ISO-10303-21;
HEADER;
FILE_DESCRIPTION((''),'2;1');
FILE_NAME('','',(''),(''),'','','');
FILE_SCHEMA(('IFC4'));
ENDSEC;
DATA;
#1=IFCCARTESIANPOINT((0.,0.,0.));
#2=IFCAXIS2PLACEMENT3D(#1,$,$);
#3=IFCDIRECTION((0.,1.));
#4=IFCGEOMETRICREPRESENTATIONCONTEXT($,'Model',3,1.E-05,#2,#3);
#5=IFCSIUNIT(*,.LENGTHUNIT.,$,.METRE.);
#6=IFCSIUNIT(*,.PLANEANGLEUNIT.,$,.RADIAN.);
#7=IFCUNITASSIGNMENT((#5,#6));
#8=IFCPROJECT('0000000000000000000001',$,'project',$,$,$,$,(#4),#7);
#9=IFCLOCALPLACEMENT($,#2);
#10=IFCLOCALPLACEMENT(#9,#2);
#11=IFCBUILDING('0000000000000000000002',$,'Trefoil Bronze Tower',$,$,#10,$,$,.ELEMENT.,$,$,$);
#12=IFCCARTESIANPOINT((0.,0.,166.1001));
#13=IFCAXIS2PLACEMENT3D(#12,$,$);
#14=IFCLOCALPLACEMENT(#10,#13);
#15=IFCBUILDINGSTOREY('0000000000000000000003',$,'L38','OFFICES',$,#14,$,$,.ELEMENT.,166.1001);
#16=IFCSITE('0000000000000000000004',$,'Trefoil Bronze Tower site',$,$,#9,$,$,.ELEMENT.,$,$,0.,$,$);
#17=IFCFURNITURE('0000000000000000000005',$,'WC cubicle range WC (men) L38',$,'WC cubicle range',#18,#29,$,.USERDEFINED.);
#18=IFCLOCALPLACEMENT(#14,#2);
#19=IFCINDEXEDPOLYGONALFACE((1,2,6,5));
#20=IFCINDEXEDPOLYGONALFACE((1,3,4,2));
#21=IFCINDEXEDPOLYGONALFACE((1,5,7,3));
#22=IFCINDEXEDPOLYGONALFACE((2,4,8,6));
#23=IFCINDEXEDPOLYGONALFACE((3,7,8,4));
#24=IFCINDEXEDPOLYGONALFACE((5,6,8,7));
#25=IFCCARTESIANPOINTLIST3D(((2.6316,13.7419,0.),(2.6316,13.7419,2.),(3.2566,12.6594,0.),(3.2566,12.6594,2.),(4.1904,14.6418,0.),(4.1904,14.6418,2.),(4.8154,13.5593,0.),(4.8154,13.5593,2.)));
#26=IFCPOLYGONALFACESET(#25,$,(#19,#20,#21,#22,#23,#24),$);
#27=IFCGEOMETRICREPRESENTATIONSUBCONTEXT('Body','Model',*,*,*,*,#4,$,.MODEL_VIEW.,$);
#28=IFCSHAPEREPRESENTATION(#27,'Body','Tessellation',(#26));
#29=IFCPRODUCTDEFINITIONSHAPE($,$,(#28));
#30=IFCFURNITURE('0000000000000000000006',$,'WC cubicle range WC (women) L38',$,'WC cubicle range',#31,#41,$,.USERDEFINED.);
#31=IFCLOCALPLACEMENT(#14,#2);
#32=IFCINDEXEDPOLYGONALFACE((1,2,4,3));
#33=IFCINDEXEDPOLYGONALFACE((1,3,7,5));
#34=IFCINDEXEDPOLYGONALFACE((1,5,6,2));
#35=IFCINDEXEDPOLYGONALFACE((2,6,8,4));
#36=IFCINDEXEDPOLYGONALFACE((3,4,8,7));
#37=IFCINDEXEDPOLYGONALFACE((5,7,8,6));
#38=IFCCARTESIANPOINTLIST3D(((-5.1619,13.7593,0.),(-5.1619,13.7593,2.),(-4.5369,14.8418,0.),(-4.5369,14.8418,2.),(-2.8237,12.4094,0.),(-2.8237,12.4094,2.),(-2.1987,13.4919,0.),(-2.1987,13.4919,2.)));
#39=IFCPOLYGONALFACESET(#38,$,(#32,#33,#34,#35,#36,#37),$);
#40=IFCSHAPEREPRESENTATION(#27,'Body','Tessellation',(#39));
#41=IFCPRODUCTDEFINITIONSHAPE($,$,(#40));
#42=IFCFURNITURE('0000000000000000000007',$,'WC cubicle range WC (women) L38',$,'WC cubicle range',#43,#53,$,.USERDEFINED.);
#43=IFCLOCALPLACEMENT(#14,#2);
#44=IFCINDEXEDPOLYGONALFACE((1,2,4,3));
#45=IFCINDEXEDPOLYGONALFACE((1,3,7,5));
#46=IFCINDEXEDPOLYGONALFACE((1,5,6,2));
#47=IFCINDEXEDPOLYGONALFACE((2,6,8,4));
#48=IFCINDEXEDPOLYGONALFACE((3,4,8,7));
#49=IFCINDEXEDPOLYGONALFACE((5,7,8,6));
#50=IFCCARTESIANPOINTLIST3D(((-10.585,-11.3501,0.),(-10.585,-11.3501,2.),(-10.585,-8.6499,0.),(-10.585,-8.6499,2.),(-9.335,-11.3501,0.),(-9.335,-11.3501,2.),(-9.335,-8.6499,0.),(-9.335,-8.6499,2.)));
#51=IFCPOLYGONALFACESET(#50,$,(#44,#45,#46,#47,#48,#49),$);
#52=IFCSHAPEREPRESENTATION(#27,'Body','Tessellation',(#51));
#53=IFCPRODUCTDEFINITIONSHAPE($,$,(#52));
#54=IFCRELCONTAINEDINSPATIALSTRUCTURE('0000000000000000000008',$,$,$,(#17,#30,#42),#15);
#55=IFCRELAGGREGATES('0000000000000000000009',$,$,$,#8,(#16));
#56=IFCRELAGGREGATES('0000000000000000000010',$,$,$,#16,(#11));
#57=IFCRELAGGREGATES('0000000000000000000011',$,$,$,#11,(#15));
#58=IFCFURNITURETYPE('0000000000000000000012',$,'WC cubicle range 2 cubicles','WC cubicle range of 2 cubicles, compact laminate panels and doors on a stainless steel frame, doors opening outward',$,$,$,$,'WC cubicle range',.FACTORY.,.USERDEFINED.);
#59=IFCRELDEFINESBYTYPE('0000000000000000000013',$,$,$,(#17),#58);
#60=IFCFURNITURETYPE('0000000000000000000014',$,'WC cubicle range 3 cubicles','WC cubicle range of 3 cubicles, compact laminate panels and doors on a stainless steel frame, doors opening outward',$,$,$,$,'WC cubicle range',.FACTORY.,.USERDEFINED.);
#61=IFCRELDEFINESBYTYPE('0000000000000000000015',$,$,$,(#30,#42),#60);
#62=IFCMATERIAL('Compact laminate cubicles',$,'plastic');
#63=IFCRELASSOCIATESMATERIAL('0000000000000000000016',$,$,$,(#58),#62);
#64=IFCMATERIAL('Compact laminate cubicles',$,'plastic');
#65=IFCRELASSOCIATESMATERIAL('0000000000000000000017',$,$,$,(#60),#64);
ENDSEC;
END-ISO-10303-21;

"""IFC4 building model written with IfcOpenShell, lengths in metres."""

from ifc_helpers import new_model, si_unit, direction, frame, origin, place, context, subcontext, project, spatial, polyline, outline, extrude, material, type_object, element, save


model = new_model("IFC4")

# Units and contexts
model_context = context("Model", 3, precision=1e-05, world=origin(), true_north=direction((0.0, 1.0)))
body_context = subcontext(model_context, "Body", "Model", "MODEL_VIEW")
ifc_project = project(units=[si_unit("LENGTHUNIT", "METRE"), si_unit("PLANEANGLEUNIT", "RADIAN")], contexts=[model_context])

# Site, building, storey
site_placement = place(None, origin())
site = spatial("IfcSite", under=ifc_project, at=site_placement, Name="Trefoil Bronze Tower site", CompositionType="ELEMENT", RefElevation=0.0)
building_placement = place(site_placement, origin())
building = spatial("IfcBuilding", under=site, at=building_placement, Name="Trefoil Bronze Tower", CompositionType="ELEMENT")
storey_placement = place(building_placement, frame((0.0, 0.0, 166.1001)))
storey = spatial("IfcBuildingStorey", under=building, at=storey_placement, Name="L38", Description="OFFICES", CompositionType="ELEMENT", Elevation=166.1001)

# Furniture
ifc_material_1 = material(Name="Compact laminate cubicles", Category="plastic")
furniture_type_1 = type_object("IfcFurnitureType", Name="WC cubicle range 2 cubicles", Description="WC cubicle range of 2 cubicles, compact laminate panels and doors on a stainless steel frame, doors opening outward", ElementType="WC cubicle range", AssemblyPlace="FACTORY", PredefinedType="USERDEFINED", material=ifc_material_1)
furniture_1_placement = place(storey_placement, origin())
element("IfcFurniture", 1, at=furniture_1_placement, inside=storey, type_object=furniture_type_1, Name="WC cubicle range WC (men) L38", ObjectType="WC cubicle range", PredefinedType="USERDEFINED", context=body_context, shape_type="SweptSolid", body=[
    extrude(outline(polyline([(3.2566, 12.6594), (2.6316, 13.7419), (4.1904, 14.6418), (4.8154, 13.5593), (3.2566, 12.6594)])), origin(), (0.0, 0.0, 1.0), 2.0),
])
ifc_material_2 = material(Name="Compact laminate cubicles", Category="plastic")
furniture_type_2 = type_object("IfcFurnitureType", Name="WC cubicle range 3 cubicles", Description="WC cubicle range of 3 cubicles, compact laminate panels and doors on a stainless steel frame, doors opening outward", ElementType="WC cubicle range", AssemblyPlace="FACTORY", PredefinedType="USERDEFINED", material=ifc_material_2)
furniture_2_placement = place(storey_placement, origin())
element("IfcFurniture", 2, at=furniture_2_placement, inside=storey, type_object=furniture_type_2, Name="WC cubicle range WC (women) L38", ObjectType="WC cubicle range", PredefinedType="USERDEFINED", context=body_context, shape_type="SweptSolid", body=[
    extrude(outline(polyline([(-2.8237, 12.4094), (-2.1987, 13.4919), (-4.5369, 14.8418), (-5.1619, 13.7593), (-2.8237, 12.4094)])), origin(), (0.0, 0.0, 1.0), 2.0),
])
furniture_3_placement = place(storey_placement, origin())
element("IfcFurniture", 3, at=furniture_3_placement, inside=storey, type_object=furniture_type_2, Name="WC cubicle range WC (women) L38", ObjectType="WC cubicle range", PredefinedType="USERDEFINED", context=body_context, shape_type="SweptSolid", body=[
    extrude(outline(polyline([(-9.335, -8.6499), (-10.585, -8.6499), (-10.585, -11.3501), (-9.335, -11.3501), (-9.335, -8.6499)])), origin(), (0.0, 0.0, 1.0), 2.0),
])

save(model, "model.ifc")
